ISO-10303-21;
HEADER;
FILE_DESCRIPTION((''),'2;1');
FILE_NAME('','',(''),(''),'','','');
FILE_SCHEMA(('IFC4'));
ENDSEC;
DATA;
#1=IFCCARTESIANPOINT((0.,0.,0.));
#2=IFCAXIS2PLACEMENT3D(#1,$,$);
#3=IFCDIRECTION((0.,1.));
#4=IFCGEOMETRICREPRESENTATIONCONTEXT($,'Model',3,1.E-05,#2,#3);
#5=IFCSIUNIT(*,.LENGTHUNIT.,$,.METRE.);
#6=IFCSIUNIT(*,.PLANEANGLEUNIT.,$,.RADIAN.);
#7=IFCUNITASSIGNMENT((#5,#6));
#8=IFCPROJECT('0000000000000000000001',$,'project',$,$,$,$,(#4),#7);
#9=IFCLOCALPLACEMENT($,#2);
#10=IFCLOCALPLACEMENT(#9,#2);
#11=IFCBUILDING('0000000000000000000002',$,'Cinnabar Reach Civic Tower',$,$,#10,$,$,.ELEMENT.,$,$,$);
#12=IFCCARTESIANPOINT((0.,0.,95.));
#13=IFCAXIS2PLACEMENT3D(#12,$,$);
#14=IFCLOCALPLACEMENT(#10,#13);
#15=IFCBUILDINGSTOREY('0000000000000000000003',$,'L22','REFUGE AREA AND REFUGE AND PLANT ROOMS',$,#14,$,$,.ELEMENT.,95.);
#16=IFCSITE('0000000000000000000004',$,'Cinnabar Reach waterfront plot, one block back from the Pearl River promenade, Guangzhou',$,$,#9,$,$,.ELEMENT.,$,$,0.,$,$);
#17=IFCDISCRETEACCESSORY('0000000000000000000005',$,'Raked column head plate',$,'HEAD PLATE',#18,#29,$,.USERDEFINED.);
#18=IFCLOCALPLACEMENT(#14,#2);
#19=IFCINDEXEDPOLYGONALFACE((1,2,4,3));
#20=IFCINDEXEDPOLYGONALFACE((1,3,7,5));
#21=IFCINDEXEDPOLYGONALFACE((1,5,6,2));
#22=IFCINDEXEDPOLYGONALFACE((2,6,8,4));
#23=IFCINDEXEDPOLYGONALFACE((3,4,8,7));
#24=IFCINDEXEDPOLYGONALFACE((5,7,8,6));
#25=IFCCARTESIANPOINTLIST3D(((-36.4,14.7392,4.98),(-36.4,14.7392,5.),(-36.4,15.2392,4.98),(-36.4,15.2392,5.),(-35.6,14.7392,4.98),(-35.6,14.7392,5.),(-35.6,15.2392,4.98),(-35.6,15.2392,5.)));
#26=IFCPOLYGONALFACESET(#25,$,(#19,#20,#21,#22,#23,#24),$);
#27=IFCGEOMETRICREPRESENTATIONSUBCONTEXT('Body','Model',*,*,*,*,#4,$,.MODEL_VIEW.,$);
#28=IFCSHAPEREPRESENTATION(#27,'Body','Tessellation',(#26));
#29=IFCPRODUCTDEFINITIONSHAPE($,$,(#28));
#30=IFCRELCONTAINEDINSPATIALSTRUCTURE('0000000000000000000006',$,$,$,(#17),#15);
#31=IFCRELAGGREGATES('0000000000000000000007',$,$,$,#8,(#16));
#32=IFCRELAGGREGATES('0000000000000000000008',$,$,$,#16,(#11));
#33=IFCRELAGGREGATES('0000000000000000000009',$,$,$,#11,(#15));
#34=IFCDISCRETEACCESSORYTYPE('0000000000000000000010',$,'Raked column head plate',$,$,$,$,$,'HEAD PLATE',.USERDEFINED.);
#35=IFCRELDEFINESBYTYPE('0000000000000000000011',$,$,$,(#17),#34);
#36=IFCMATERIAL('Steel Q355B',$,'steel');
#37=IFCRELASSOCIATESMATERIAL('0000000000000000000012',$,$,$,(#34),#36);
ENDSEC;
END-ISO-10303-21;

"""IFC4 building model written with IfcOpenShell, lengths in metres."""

from ifc_helpers import new_model, si_unit, direction, frame, origin, origin_2d, place, context, subcontext, project, spatial, rectangle, extrude, material, type_object, element, save


model = new_model("IFC4")

# Units and contexts
model_context = context("Model", 3, precision=1e-05, world=origin(), true_north=direction((0.0, 1.0)))
body_context = subcontext(model_context, "Body", "Model", "MODEL_VIEW")
ifc_project = project(units=[si_unit("LENGTHUNIT", "METRE"), si_unit("PLANEANGLEUNIT", "RADIAN")], contexts=[model_context])

# Site, building, storey
site_placement = place(None, origin())
site = spatial("IfcSite", under=ifc_project, at=site_placement, Name="Cinnabar Reach waterfront plot, one block back from the Pearl River promenade, Guangzhou", CompositionType="ELEMENT", RefElevation=0.0)
building_placement = place(site_placement, origin())
building = spatial("IfcBuilding", under=site, at=building_placement, Name="Cinnabar Reach Civic Tower", CompositionType="ELEMENT")
storey_placement = place(building_placement, frame((0.0, 0.0, 95.0)))
storey = spatial("IfcBuildingStorey", under=building, at=storey_placement, Name="L22", Description="REFUGE AREA AND REFUGE AND PLANT ROOMS", CompositionType="ELEMENT", Elevation=95.0)

# Shared definitions
ifc_material_1 = material(Name="Steel Q355B", Category="steel")

# Discrete accessory
discrete_accessory_type = type_object("IfcDiscreteAccessoryType", Name="Raked column head plate", ElementType="HEAD PLATE", PredefinedType="USERDEFINED", material=ifc_material_1)
discrete_accessory_placement = place(storey_placement, frame((-36.0, 14.9892, 4.98), z_axis=(0.0, 0.0, 1.0), x_axis=(0.0, 1.0, 0.0)))
element("IfcDiscreteAccessory", 1, at=discrete_accessory_placement, inside=storey, type_object=discrete_accessory_type, Name="Raked column head plate", ObjectType="HEAD PLATE", PredefinedType="USERDEFINED", context=body_context, shape_type="SweptSolid", body=[
    extrude(rectangle(XDim=0.5, YDim=0.8, at=origin_2d()), origin(), (0.0, 0.0, 1.0), 0.02),
])

save(model, "model.ifc")
